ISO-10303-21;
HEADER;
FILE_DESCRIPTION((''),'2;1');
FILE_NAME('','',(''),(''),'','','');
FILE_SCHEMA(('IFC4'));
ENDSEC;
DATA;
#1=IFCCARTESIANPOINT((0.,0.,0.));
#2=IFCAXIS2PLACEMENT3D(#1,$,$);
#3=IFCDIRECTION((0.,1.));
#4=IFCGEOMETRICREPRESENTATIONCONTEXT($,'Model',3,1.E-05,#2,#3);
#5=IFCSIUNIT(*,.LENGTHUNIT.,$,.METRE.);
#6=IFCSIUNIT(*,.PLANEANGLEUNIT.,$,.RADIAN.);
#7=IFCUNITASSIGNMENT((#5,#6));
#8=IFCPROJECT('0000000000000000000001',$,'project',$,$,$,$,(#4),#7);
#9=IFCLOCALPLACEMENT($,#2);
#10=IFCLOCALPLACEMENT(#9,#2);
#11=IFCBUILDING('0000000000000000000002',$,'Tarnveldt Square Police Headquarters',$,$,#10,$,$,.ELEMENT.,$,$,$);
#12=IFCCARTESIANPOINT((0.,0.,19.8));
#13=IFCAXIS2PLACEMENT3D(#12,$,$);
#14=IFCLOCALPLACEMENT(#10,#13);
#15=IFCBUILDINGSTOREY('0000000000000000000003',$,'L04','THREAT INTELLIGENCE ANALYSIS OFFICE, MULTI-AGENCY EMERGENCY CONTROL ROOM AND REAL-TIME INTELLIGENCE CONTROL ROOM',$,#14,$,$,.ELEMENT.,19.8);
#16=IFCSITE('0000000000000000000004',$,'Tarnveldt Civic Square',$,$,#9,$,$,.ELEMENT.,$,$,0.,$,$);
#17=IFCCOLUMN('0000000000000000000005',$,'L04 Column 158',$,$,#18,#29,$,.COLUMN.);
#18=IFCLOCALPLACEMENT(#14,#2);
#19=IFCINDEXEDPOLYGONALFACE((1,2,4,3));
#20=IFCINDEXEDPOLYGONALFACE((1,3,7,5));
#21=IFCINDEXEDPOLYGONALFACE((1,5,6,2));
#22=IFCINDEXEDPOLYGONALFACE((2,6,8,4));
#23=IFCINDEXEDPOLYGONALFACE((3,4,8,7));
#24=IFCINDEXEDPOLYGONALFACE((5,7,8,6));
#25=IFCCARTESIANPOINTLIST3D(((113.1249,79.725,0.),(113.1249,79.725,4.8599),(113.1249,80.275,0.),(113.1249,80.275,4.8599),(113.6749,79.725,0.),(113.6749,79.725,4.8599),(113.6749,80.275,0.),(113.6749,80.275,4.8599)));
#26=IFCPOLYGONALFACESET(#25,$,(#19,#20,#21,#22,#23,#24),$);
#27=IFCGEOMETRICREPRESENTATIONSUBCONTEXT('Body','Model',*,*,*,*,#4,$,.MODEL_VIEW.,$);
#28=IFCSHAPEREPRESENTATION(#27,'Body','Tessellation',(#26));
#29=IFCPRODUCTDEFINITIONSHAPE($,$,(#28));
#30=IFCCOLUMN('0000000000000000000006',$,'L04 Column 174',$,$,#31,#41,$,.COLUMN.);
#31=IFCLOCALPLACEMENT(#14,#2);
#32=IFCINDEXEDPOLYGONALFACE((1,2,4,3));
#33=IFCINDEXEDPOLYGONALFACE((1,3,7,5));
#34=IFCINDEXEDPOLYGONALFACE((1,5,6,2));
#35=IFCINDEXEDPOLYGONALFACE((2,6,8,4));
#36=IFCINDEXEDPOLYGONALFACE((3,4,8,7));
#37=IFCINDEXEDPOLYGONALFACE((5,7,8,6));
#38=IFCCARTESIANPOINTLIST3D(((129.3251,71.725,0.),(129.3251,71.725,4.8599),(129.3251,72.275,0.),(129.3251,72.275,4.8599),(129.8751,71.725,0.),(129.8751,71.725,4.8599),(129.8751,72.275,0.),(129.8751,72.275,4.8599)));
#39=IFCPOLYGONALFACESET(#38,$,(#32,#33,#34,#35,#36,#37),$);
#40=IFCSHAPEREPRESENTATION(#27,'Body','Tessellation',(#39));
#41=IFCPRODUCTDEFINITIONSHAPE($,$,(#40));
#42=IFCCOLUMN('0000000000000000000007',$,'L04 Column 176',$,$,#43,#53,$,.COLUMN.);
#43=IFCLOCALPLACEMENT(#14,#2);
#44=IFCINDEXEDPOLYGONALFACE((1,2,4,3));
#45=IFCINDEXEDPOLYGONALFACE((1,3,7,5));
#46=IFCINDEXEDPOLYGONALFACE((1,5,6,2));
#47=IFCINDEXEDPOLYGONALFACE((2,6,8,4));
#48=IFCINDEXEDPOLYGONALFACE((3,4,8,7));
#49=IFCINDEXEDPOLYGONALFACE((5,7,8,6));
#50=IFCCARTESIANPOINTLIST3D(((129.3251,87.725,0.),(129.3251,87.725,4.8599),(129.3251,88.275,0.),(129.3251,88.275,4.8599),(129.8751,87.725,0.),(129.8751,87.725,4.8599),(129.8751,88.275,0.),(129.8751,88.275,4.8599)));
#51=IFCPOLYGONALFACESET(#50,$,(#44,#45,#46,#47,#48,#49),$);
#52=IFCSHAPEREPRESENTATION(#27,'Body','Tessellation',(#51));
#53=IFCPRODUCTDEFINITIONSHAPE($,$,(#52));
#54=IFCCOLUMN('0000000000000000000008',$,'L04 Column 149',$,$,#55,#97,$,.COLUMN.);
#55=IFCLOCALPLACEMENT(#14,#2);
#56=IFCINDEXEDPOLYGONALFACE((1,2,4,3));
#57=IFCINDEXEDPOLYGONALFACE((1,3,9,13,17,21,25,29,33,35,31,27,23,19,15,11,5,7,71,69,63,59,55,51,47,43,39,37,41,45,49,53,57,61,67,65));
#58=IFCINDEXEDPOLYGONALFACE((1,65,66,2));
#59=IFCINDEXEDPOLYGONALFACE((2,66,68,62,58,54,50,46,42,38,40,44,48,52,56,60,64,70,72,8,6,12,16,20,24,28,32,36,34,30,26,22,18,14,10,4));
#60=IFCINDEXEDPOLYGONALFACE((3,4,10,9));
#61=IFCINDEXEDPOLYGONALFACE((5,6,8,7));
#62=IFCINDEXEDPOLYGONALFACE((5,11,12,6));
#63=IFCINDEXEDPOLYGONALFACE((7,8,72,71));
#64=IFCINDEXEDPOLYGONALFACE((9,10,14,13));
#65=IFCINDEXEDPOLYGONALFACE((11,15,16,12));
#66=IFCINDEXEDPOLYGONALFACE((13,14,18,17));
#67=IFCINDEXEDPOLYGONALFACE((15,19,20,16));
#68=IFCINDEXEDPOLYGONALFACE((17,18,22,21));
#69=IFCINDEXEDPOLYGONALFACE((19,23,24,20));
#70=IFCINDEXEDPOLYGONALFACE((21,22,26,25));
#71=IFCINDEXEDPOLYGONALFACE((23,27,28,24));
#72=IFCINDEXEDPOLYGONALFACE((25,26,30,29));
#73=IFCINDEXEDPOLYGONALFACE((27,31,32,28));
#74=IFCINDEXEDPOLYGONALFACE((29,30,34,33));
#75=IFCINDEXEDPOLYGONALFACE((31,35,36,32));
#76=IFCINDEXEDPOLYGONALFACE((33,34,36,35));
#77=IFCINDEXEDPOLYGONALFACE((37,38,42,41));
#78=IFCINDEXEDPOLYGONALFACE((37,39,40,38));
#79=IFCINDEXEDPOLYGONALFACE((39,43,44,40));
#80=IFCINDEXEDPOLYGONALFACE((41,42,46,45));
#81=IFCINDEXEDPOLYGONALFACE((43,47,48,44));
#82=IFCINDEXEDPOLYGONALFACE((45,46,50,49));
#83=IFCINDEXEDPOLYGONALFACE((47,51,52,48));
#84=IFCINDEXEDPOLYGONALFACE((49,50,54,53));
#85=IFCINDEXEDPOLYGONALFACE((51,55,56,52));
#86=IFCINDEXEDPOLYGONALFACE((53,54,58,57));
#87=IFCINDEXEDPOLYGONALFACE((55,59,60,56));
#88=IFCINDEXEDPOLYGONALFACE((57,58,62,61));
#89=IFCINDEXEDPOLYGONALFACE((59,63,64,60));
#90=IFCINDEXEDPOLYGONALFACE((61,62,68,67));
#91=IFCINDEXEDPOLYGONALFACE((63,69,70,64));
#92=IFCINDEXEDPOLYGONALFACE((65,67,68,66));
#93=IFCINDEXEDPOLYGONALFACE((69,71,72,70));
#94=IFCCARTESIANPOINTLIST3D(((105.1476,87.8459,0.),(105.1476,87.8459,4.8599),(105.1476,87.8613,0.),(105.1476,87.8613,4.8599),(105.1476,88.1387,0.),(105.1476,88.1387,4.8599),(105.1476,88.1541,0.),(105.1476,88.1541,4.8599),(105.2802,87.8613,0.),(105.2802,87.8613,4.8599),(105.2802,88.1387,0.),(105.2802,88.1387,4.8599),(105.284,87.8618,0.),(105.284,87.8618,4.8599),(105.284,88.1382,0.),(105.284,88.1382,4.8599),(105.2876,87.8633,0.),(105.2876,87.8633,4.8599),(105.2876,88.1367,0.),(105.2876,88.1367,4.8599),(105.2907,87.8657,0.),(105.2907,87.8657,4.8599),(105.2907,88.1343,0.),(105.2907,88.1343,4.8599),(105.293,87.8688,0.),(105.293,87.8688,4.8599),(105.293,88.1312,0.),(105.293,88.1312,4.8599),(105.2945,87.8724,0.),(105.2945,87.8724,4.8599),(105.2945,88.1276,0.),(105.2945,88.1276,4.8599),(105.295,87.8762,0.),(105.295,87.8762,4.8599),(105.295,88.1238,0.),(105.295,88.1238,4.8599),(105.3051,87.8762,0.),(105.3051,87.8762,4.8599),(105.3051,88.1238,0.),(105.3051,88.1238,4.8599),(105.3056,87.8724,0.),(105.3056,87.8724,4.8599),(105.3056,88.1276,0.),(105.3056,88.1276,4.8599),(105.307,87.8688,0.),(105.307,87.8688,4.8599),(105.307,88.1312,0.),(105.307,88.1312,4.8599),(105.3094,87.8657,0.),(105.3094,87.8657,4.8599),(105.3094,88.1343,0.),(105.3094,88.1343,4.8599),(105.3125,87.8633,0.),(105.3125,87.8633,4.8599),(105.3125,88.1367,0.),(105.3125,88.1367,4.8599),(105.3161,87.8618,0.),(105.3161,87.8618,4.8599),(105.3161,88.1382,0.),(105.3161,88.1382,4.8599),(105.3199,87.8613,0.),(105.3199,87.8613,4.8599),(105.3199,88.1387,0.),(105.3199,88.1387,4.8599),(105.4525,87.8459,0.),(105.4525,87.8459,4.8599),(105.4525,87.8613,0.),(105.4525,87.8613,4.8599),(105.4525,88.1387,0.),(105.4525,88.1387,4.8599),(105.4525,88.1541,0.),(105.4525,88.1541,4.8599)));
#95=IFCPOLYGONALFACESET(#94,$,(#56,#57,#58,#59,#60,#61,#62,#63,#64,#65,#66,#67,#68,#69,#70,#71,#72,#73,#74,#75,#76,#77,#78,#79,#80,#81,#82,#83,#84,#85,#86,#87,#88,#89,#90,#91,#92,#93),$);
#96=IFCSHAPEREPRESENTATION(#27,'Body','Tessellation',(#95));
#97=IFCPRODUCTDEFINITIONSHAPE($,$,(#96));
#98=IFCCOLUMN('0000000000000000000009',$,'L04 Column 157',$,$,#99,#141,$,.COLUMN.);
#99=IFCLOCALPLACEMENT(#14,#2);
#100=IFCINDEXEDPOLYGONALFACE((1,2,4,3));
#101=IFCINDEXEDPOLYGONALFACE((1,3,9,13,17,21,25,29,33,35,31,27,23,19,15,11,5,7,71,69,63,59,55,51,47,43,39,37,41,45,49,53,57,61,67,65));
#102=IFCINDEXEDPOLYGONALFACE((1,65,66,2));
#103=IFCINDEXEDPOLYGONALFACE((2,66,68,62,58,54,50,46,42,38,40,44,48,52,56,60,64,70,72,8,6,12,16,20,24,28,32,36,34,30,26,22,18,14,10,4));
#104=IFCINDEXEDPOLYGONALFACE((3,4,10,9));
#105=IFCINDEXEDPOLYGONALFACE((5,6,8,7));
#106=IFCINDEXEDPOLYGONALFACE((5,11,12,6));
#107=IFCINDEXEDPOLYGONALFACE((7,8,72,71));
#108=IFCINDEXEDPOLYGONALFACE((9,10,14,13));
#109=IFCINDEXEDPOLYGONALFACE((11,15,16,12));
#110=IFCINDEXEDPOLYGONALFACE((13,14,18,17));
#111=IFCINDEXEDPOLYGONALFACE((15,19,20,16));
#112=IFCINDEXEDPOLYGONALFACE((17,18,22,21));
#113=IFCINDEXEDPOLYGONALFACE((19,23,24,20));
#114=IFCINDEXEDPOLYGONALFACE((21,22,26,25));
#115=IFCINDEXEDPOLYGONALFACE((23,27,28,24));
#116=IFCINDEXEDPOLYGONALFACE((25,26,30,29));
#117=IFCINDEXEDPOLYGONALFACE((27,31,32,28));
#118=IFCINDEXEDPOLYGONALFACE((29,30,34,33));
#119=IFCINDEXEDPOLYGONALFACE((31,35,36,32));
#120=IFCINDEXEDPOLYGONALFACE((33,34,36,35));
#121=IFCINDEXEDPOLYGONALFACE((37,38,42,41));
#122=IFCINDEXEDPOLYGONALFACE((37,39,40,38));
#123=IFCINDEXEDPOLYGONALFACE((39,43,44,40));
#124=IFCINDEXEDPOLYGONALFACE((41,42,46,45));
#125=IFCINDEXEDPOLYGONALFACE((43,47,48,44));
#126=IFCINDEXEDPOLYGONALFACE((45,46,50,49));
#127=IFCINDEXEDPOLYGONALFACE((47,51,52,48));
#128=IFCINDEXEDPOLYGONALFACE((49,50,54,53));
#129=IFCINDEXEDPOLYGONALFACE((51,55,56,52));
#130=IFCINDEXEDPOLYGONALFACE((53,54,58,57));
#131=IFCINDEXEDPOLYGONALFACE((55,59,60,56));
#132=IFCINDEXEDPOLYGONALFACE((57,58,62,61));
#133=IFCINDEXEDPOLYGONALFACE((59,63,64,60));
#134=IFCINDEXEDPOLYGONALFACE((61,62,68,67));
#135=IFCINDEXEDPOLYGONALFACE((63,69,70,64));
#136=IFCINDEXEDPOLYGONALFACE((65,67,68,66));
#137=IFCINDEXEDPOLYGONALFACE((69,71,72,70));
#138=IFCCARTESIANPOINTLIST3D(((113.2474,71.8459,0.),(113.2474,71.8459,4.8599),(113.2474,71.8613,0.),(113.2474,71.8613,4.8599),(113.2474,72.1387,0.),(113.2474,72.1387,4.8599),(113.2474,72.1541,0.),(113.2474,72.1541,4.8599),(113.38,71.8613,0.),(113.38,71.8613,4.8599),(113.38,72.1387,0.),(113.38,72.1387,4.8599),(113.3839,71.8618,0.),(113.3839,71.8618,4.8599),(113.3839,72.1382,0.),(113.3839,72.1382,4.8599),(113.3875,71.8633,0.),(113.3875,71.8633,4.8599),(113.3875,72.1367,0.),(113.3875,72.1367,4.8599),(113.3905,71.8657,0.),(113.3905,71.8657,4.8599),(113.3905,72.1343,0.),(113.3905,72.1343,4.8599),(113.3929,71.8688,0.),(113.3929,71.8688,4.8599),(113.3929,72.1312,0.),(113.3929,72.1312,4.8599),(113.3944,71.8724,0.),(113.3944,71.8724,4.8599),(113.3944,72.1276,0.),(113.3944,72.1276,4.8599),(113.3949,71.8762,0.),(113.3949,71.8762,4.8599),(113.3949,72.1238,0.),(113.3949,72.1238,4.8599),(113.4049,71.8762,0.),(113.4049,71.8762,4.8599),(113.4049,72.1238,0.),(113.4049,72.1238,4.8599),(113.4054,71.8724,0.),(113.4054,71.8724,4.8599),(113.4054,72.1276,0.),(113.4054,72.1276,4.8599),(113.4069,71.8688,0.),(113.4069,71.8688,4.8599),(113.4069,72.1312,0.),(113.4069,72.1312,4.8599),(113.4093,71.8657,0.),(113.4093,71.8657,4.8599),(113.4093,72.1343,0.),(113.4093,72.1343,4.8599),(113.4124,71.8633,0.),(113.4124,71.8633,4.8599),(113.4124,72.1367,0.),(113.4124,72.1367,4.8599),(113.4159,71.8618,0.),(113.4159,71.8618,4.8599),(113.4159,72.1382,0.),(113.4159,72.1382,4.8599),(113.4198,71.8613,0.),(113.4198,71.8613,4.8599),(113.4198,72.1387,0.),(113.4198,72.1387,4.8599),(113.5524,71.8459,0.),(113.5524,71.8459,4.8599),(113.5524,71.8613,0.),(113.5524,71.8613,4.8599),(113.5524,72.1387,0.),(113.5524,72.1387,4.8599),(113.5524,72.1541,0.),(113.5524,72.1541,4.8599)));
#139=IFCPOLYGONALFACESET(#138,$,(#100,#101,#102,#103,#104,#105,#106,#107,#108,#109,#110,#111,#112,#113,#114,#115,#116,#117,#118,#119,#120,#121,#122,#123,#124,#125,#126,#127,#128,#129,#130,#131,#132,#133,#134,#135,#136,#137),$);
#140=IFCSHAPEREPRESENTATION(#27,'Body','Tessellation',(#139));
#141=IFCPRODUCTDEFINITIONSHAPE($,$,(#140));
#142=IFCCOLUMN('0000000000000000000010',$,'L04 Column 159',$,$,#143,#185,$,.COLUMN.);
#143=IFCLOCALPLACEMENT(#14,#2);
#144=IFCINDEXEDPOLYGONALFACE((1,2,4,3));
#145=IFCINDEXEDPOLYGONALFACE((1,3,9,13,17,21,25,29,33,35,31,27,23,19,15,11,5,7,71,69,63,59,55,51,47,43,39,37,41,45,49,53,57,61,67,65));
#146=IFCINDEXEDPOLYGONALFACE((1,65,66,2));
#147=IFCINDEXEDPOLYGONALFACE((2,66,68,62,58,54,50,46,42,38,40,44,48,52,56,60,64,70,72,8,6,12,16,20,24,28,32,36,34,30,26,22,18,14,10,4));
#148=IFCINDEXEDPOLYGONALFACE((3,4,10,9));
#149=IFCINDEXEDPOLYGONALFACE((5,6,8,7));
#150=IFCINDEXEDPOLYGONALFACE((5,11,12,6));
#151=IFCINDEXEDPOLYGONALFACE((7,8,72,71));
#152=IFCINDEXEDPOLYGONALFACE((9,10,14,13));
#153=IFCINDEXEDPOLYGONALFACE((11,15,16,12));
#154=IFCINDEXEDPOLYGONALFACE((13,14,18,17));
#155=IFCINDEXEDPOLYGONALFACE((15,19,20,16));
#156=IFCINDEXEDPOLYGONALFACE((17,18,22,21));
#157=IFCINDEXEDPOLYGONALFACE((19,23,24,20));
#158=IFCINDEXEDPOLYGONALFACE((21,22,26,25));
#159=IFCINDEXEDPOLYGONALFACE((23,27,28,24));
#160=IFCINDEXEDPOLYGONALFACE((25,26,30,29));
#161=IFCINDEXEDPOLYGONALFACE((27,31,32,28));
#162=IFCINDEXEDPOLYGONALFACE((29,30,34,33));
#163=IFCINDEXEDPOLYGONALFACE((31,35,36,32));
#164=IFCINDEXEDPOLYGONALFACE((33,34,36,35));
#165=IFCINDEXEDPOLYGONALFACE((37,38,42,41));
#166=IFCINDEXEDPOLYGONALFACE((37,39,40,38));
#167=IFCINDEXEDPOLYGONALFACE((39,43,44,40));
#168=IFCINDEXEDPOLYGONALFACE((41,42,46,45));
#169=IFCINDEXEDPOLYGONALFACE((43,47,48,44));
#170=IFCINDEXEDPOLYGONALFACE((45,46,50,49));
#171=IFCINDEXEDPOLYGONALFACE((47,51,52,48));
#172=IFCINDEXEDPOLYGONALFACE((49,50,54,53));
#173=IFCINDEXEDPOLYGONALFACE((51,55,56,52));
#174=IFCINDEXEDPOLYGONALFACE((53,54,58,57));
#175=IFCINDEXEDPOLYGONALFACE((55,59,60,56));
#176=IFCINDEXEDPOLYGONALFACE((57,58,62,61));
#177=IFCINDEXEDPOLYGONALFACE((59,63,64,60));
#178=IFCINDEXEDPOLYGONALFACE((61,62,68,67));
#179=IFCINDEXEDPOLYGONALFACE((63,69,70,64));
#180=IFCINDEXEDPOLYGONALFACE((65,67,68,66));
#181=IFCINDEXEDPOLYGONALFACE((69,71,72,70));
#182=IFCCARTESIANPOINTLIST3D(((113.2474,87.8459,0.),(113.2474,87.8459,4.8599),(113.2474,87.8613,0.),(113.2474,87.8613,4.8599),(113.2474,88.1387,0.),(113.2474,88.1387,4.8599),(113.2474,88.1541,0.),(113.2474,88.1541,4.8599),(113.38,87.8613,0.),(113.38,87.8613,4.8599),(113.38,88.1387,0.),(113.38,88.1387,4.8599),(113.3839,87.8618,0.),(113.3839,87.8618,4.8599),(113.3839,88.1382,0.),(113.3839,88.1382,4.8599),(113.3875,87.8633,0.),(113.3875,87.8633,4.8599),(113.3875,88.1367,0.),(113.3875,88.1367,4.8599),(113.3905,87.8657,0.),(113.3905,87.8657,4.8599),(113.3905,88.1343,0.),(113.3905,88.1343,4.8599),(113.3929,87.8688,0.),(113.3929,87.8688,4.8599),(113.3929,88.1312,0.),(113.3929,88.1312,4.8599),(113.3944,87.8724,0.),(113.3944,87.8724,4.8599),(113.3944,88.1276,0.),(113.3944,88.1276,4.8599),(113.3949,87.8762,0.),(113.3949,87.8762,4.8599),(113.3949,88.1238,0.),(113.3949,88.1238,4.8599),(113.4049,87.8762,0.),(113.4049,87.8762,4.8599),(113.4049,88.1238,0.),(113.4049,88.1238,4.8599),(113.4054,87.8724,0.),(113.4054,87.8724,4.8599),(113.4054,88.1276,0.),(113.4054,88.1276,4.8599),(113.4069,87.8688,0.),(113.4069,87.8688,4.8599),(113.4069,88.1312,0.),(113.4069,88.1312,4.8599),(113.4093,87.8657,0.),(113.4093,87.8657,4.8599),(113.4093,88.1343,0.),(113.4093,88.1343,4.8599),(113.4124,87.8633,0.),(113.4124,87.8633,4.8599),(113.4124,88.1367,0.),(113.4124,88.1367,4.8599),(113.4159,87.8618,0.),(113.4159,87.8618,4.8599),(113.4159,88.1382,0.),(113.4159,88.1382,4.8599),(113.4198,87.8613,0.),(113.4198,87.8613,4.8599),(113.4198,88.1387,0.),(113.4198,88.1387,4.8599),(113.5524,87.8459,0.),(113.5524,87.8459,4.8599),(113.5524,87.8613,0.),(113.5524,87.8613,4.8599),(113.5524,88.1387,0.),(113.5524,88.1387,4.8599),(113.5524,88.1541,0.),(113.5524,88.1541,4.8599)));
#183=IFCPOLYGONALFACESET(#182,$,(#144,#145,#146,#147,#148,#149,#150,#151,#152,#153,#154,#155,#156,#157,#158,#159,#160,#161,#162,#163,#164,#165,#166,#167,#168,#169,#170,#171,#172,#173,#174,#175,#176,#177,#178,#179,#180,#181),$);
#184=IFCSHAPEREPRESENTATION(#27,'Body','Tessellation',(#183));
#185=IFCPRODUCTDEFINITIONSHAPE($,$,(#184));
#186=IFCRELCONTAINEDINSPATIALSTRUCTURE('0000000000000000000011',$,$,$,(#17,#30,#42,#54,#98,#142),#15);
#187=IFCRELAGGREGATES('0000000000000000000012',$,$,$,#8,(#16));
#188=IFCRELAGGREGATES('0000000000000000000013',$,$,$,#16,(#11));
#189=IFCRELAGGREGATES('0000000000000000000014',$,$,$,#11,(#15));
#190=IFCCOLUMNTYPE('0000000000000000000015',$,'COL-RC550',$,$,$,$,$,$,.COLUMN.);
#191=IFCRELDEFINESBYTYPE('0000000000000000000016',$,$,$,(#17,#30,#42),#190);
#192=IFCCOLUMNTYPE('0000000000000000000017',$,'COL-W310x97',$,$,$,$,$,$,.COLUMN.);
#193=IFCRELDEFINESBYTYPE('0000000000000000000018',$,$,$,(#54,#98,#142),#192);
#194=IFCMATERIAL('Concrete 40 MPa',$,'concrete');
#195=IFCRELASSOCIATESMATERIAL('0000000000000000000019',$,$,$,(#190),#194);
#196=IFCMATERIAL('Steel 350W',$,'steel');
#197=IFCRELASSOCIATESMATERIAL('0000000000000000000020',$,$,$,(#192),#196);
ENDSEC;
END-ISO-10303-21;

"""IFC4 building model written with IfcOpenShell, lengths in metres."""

from ifc_helpers import new_model, si_unit, direction, frame, origin, origin_2d, place, context, subcontext, project, spatial, rectangle, i_section, extrude, material, material_profile, profile_set, type_object, element, save


model = new_model("IFC4")

# Units and contexts
model_context = context("Model", 3, precision=1e-05, world=origin(), true_north=direction((0.0, 1.0)))
body_context = subcontext(model_context, "Body", "Model", "MODEL_VIEW")
ifc_project = project(units=[si_unit("LENGTHUNIT", "METRE"), si_unit("PLANEANGLEUNIT", "RADIAN")], contexts=[model_context])

# Site, building, storey
site_placement = place(None, origin())
site = spatial("IfcSite", under=ifc_project, at=site_placement, Name="Tarnveldt Civic Square", CompositionType="ELEMENT", RefElevation=0.0)
building_placement = place(site_placement, origin())
building = spatial("IfcBuilding", under=site, at=building_placement, Name="Tarnveldt Square Police Headquarters", CompositionType="ELEMENT")
storey_placement = place(building_placement, frame((0.0, 0.0, 19.8)))
storey = spatial("IfcBuildingStorey", under=building, at=storey_placement, Name="L04", Description="THREAT INTELLIGENCE ANALYSIS OFFICE, MULTI-AGENCY EMERGENCY CONTROL ROOM AND REAL-TIME INTELLIGENCE CONTROL ROOM", CompositionType="ELEMENT", Elevation=19.8)

# Columns
ifc_material_1 = material(Name="Concrete 40 MPa", Category="concrete")
ifc_material_profile_1 = material_profile(ifc_material_1, rectangle(XDim=0.55, YDim=0.55, at=origin_2d()), Name="RC-C550x550")
ifc_profile_set_1 = profile_set([ifc_material_profile_1], Name="Concrete 40 MPa")
column_type_1 = type_object("IfcColumnType", Name="COL-RC550", PredefinedType="COLUMN", material=ifc_profile_set_1)
for number, where, z_axis, x_axis, name in (
    (1, (113.3999, 80.0, 0.0), (0.0, 0.0, 1.0), (1.0, 0.0, 0.0), "L04 Column 158"),
    (2, (129.6001, 72.0, 0.0), (0.0, 0.0, 1.0), (1.0, 0.0, 0.0), "L04 Column 174"),
    (3, (129.6001, 88.0, 0.0), (0.0, 0.0, 1.0), (1.0, 0.0, 0.0), "L04 Column 176"),
):
    element("IfcColumn", number, at=place(storey_placement, frame(where, z_axis=z_axis, x_axis=x_axis)), inside=storey, type_object=column_type_1, Name=name, PredefinedType="COLUMN", context=body_context, shape_type="SweptSolid", body=[
        extrude(rectangle(XDim=0.55, YDim=0.55, at=origin_2d()), origin(), (0.0, 0.0, 1.0), 4.8599),
    ])
ifc_material_2 = material(Name="Steel 350W", Category="steel")
ifc_material_profile_2 = material_profile(ifc_material_2, i_section(OverallWidth=0.3049, OverallDepth=0.3081, WebThickness=0.01, FlangeThickness=0.0154, FilletRadius=0.0149, at=origin_2d()), Name="W310x97")
ifc_profile_set_2 = profile_set([ifc_material_profile_2], Name="Steel 350W")
column_type_2 = type_object("IfcColumnType", Name="COL-W310x97", PredefinedType="COLUMN", material=ifc_profile_set_2)
for number, where, z_axis, x_axis, name in (
    (4, (105.3, 88.0, 0.0), (0.0, 0.0, 1.0), (1.0, 0.0, 0.0), "L04 Column 149"),
    (5, (113.3999, 72.0, 0.0), (0.0, 0.0, 1.0), (1.0, 0.0, 0.0), "L04 Column 157"),
    (6, (113.3999, 88.0, 0.0), (0.0, 0.0, 1.0), (1.0, 0.0, 0.0), "L04 Column 159"),
):
    element("IfcColumn", number, at=place(storey_placement, frame(where, z_axis=z_axis, x_axis=x_axis)), inside=storey, type_object=column_type_2, Name=name, PredefinedType="COLUMN", context=body_context, shape_type="SweptSolid", body=[
        extrude(i_section(OverallWidth=0.3049, OverallDepth=0.3081, WebThickness=0.01, FlangeThickness=0.0154, FilletRadius=0.0149, at=origin_2d()), origin(), (0.0, 0.0, 1.0), 4.8599),
    ])

save(model, "model.ifc")
